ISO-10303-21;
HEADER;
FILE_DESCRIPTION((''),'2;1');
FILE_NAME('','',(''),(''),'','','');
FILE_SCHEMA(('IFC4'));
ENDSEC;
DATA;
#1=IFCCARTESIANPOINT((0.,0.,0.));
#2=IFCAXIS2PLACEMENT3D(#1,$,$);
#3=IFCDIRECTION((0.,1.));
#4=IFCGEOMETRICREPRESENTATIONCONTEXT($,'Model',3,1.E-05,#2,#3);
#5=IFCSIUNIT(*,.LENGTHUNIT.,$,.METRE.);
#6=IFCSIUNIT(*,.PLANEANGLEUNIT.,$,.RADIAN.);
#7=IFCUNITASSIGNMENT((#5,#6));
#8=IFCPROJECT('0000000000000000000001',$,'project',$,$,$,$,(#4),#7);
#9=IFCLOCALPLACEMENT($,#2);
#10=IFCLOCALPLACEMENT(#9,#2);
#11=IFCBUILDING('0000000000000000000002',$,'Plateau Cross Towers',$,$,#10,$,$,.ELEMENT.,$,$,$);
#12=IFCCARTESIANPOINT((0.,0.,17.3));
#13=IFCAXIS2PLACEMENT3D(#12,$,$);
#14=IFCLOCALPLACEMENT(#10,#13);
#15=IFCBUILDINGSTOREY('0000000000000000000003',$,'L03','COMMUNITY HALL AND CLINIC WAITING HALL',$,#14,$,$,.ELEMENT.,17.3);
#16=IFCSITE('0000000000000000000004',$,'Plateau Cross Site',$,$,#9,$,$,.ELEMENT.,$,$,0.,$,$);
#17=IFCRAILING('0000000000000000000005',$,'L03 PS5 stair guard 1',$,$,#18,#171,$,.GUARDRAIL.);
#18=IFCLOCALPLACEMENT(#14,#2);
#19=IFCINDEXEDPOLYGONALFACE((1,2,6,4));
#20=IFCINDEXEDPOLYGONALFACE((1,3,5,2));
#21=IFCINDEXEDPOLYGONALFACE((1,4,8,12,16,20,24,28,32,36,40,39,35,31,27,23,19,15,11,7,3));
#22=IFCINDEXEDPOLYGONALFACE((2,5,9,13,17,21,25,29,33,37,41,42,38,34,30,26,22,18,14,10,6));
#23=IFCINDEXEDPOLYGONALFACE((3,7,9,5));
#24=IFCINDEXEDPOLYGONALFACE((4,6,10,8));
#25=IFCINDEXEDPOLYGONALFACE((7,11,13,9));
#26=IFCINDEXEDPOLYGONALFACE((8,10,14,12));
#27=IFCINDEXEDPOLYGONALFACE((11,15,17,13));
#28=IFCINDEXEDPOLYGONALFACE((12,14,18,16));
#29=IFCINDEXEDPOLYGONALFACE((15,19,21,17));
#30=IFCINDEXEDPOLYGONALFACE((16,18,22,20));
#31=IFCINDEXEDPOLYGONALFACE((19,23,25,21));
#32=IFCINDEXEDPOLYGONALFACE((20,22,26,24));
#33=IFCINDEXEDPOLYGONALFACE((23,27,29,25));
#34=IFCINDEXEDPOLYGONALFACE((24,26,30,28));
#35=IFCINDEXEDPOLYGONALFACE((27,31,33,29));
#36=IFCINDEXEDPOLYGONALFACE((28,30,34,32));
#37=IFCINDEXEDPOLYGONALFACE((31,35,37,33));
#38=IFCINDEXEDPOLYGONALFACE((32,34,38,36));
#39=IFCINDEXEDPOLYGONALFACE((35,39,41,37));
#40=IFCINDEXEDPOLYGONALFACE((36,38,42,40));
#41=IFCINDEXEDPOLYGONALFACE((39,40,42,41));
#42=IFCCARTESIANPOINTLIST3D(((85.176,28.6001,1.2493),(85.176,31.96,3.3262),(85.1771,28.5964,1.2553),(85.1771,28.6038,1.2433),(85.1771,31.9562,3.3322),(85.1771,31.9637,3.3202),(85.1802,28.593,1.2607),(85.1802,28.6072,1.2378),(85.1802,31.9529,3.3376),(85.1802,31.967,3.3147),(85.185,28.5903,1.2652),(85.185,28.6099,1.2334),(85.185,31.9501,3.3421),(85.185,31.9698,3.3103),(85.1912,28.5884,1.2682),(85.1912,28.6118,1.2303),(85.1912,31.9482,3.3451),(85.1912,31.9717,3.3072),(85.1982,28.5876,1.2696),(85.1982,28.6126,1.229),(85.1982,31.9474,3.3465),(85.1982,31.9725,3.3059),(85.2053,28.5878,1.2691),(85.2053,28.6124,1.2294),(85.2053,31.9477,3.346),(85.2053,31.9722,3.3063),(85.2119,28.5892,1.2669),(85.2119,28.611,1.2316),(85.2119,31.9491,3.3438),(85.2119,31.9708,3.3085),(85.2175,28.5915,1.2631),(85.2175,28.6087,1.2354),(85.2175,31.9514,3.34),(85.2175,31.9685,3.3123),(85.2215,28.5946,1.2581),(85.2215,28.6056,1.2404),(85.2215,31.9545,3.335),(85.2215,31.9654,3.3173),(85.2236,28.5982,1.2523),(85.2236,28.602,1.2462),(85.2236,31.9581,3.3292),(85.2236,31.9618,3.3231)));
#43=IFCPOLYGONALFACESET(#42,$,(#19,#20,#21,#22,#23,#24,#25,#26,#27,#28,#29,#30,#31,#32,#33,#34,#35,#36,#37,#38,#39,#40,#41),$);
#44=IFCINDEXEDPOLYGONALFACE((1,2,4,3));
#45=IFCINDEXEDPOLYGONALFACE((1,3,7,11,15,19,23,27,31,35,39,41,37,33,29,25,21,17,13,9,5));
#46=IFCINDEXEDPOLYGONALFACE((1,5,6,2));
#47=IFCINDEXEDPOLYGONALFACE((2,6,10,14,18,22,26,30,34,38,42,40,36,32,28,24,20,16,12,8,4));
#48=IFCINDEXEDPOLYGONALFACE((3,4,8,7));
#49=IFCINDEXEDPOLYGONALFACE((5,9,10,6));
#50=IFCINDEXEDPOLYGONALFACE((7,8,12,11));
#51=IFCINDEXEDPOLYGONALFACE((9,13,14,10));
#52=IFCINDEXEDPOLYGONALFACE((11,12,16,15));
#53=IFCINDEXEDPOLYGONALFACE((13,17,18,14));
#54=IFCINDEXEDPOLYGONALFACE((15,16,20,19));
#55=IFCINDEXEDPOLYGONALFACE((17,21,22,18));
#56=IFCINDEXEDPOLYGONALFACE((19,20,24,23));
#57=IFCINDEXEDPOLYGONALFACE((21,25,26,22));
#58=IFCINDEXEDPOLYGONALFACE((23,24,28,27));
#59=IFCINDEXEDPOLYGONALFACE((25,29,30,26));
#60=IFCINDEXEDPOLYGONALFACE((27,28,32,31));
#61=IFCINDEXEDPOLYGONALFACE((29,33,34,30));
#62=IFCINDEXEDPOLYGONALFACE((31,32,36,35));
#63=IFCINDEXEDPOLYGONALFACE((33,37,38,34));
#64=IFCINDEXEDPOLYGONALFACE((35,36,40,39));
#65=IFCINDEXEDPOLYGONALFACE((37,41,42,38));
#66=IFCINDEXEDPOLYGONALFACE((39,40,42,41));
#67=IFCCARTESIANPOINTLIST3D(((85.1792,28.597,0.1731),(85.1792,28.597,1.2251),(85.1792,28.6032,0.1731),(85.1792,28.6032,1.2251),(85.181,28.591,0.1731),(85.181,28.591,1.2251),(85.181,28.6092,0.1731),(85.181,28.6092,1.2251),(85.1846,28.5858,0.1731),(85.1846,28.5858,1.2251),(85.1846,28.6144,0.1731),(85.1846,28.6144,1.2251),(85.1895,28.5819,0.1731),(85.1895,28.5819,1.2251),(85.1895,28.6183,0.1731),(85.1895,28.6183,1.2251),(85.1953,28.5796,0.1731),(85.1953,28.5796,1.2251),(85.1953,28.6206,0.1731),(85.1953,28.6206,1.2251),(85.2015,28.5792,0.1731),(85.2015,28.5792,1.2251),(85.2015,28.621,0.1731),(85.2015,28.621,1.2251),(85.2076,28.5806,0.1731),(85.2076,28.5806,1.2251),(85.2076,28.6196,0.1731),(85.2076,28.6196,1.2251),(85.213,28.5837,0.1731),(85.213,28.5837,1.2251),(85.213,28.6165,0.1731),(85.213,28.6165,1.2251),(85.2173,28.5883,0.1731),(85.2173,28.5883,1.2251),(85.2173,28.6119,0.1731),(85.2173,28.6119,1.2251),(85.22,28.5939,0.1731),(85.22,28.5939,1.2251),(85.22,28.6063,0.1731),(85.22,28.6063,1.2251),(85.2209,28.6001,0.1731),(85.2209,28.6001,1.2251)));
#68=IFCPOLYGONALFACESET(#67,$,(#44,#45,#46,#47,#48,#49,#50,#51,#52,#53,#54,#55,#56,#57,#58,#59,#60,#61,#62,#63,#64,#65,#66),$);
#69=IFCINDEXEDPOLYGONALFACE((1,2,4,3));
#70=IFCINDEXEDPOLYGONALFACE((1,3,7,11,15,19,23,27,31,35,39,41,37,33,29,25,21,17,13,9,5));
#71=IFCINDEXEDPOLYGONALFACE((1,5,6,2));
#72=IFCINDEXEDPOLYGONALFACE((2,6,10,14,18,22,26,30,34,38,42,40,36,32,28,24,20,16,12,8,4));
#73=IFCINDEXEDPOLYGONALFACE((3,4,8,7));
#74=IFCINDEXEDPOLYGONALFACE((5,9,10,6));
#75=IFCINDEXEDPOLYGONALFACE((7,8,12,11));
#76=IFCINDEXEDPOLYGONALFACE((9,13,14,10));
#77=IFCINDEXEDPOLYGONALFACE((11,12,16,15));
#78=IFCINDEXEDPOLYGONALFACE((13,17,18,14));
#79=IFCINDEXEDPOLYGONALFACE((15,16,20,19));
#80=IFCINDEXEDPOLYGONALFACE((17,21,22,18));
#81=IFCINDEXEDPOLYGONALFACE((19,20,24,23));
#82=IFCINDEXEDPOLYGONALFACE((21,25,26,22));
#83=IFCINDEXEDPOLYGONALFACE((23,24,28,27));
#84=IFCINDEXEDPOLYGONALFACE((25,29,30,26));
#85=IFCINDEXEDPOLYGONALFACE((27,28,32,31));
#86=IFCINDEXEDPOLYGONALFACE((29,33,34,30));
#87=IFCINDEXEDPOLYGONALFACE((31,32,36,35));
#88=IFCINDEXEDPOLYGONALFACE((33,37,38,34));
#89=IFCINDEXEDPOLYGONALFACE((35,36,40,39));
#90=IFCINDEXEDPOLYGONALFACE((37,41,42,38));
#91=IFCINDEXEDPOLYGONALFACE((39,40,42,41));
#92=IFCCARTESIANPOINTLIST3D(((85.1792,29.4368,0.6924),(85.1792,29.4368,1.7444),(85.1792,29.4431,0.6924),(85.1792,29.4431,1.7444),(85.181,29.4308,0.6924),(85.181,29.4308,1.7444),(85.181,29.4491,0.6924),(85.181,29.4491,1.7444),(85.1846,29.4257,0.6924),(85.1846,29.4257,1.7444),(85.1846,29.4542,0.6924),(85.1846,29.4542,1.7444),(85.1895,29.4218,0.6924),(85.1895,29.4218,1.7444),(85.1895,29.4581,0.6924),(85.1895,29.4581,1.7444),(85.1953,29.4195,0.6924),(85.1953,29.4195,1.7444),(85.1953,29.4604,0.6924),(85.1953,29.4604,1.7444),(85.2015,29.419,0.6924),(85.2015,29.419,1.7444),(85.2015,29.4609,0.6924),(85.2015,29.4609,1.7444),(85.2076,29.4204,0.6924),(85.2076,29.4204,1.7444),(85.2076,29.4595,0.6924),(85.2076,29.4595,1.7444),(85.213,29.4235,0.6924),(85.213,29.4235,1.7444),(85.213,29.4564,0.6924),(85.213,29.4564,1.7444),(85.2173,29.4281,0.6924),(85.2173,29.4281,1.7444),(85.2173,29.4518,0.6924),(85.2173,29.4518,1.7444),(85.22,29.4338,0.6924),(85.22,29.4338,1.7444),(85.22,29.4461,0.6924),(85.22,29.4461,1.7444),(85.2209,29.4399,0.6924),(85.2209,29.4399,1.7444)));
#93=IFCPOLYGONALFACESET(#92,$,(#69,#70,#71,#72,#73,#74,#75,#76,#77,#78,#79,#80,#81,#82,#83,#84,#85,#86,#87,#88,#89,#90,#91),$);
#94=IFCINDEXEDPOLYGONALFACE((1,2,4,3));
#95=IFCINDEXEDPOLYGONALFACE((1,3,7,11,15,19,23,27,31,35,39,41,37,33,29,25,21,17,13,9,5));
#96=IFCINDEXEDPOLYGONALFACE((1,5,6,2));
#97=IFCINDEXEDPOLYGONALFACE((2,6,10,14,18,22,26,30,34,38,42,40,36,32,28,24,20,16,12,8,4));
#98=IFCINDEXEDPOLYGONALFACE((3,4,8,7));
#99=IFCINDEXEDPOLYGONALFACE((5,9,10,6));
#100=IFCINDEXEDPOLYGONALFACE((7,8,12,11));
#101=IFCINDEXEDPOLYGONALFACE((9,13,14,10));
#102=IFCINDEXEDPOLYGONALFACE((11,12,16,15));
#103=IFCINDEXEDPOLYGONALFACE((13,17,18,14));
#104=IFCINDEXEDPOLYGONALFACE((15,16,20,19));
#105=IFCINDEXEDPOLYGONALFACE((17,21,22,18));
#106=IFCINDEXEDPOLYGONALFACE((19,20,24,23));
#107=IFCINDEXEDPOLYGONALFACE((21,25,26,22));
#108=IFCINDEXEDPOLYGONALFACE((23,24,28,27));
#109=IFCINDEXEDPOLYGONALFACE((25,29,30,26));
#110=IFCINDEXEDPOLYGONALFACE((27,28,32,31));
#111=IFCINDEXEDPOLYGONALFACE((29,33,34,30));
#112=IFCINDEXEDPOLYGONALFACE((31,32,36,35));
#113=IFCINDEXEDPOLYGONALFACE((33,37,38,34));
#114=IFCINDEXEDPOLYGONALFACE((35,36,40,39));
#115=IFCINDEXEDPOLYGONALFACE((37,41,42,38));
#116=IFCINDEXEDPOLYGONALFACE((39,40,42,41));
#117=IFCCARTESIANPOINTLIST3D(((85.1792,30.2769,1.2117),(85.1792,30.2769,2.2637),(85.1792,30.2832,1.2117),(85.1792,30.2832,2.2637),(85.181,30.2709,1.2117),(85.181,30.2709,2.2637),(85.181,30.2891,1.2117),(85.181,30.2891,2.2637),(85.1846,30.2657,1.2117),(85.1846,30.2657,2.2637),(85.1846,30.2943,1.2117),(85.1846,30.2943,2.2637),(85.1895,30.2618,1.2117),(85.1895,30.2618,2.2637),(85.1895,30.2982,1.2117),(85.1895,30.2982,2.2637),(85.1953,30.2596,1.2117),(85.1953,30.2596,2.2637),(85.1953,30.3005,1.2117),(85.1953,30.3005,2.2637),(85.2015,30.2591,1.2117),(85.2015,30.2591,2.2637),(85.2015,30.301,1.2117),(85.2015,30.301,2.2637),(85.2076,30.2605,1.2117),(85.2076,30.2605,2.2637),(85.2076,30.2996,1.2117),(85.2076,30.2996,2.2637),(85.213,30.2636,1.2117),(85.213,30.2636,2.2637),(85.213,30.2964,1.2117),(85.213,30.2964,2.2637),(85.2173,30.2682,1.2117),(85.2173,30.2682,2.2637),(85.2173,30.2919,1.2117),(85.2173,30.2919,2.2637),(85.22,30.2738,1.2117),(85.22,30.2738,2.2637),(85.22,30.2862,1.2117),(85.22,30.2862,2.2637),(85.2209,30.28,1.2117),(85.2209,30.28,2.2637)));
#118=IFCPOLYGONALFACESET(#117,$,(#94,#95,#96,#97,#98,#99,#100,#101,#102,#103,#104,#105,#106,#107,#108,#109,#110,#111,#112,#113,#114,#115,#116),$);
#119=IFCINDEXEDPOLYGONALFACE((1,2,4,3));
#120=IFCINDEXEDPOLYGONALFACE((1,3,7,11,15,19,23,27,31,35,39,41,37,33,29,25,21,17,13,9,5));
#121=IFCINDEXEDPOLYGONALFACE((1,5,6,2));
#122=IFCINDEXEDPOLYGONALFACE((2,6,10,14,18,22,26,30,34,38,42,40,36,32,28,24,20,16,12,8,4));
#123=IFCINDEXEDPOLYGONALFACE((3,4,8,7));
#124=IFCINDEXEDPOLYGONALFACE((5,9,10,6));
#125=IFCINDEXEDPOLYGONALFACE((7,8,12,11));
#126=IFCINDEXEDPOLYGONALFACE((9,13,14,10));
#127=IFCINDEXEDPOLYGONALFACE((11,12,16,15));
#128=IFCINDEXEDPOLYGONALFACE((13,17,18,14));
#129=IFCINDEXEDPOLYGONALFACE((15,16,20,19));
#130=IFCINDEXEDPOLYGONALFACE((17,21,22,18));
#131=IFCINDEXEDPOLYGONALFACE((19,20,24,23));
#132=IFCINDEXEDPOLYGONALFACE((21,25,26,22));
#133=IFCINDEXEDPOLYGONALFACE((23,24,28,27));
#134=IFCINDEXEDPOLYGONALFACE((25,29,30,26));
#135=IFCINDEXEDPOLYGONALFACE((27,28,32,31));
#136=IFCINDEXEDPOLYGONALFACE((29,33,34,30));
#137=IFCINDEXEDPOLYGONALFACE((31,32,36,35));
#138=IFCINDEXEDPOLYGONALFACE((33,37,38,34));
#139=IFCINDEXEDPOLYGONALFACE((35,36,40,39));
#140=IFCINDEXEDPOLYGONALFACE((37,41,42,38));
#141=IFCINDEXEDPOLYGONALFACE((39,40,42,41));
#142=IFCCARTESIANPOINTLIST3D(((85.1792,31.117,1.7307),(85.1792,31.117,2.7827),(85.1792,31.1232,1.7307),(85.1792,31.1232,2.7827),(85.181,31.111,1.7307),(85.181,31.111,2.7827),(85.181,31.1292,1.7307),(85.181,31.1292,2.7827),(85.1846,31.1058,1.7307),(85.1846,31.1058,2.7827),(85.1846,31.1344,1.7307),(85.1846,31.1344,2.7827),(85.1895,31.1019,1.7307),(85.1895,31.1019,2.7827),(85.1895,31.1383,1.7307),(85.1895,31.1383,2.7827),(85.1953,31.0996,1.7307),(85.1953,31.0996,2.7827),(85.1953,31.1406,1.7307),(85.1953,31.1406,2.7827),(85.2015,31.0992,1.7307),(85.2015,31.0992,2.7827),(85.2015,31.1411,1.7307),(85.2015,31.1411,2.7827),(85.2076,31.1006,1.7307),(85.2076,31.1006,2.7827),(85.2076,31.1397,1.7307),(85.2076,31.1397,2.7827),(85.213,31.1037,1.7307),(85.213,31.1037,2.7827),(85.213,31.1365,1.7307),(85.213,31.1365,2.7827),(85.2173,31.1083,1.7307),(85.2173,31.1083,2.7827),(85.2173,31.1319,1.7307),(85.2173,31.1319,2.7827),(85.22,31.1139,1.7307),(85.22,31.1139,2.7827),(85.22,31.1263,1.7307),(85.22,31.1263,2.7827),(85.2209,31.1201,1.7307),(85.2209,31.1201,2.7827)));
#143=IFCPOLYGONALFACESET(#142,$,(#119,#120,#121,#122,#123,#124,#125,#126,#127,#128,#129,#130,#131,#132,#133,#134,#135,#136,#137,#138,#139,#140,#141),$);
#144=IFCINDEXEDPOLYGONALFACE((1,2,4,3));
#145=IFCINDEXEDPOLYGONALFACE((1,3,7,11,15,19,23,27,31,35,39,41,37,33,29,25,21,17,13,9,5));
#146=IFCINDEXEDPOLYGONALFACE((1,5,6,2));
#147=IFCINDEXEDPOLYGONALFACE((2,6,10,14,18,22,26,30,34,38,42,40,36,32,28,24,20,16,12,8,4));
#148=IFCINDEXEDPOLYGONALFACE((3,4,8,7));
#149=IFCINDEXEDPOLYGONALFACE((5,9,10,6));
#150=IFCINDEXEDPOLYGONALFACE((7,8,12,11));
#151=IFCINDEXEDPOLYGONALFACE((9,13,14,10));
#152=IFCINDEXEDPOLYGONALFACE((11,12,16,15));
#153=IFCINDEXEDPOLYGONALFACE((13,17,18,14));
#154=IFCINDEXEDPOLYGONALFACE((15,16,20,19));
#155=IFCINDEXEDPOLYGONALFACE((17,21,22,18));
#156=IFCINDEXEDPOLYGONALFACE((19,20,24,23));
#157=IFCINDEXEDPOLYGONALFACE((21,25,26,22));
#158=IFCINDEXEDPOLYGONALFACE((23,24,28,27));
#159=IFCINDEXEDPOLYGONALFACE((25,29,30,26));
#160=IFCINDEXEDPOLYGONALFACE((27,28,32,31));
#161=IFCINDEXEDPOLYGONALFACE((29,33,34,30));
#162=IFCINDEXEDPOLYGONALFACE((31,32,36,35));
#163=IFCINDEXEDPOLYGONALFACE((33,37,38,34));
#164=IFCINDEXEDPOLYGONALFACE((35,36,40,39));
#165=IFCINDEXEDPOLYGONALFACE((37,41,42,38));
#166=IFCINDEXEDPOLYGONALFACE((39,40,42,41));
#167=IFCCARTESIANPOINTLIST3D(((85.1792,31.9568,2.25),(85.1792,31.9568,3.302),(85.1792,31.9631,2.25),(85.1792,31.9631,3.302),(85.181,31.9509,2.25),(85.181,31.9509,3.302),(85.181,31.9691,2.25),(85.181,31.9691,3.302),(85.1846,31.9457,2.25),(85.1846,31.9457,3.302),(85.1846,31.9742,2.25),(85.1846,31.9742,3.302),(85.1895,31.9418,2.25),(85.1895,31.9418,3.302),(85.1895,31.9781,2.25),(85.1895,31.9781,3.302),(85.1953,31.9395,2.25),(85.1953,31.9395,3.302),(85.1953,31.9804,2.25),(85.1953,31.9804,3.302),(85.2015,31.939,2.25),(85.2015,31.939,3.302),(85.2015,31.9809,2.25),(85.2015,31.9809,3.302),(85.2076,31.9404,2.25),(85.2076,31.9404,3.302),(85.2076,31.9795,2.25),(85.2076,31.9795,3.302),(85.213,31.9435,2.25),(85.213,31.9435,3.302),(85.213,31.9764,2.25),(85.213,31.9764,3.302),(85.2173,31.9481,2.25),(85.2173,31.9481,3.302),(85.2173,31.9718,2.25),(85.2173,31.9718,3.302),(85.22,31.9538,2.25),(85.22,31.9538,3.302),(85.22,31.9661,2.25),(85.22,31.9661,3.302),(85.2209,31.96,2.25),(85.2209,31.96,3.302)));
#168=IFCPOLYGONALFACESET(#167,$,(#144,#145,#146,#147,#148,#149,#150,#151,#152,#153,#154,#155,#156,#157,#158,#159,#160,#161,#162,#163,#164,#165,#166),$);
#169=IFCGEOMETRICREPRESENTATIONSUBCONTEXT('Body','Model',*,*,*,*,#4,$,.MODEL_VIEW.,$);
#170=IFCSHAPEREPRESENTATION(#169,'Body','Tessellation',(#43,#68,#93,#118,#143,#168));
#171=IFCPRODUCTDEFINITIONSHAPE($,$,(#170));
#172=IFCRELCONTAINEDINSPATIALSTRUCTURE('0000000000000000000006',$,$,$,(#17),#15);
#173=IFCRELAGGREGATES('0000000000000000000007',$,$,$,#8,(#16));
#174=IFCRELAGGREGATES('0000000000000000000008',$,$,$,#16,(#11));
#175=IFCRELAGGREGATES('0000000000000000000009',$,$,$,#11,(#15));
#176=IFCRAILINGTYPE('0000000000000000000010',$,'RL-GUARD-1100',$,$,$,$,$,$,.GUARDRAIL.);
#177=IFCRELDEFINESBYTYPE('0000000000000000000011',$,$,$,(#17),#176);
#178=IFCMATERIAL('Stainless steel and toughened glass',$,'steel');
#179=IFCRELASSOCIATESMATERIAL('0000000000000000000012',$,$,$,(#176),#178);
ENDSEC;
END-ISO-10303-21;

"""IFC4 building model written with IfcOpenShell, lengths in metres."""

from ifc_helpers import new_model, si_unit, direction, frame, origin, origin_2d, place, context, subcontext, project, spatial, circle, extrude, material, type_object, element, save


model = new_model("IFC4")

# Units and contexts
model_context = context("Model", 3, precision=1e-05, world=origin(), true_north=direction((0.0, 1.0)))
body_context = subcontext(model_context, "Body", "Model", "MODEL_VIEW")
ifc_project = project(units=[si_unit("LENGTHUNIT", "METRE"), si_unit("PLANEANGLEUNIT", "RADIAN")], contexts=[model_context])

# Site, building, storey
site_placement = place(None, origin())
site = spatial("IfcSite", under=ifc_project, at=site_placement, Name="Plateau Cross Site", CompositionType="ELEMENT", RefElevation=0.0)
building_placement = place(site_placement, origin())
building = spatial("IfcBuilding", under=site, at=building_placement, Name="Plateau Cross Towers", CompositionType="ELEMENT")
storey_placement = place(building_placement, frame((0.0, 0.0, 17.3)))
storey = spatial("IfcBuildingStorey", under=building, at=storey_placement, Name="L03", Description="COMMUNITY HALL AND CLINIC WAITING HALL", CompositionType="ELEMENT", Elevation=17.3)

# Railing
ifc_material_1 = material(Name="Stainless steel and toughened glass", Category="steel")
railing_type_1 = type_object("IfcRailingType", Name="RL-GUARD-1100", PredefinedType="GUARDRAIL", material=ifc_material_1)
railing_1_placement = place(storey_placement, frame((85.2, 28.6001, 0.1731)))
element("IfcRailing", 1, at=railing_1_placement, inside=storey, type_object=railing_type_1, Name="L03 PS5 stair guard 1", PredefinedType="GUARDRAIL", context=body_context, shape_type="SweptSolid", body=[
    extrude(circle(Radius=0.0239, at=origin_2d()), frame((0.0, 0.0, 1.0762), z_axis=(0.0, 0.850606, 0.525803), x_axis=(-1.0, 0.0, 0.0)), (0.0, 0.0, 1.0), 3.95),
    extrude(circle(Radius=0.021, at=origin_2d()), origin(), (0.0, 0.0, 1.0), 1.052),
    extrude(circle(Radius=0.021, at=origin_2d()), frame((0.0, 0.8398, 0.5193)), (0.0, 0.0, 1.0), 1.052),
    extrude(circle(Radius=0.021, at=origin_2d()), frame((0.0, 1.6799, 1.0386)), (0.0, 0.0, 1.0), 1.052),
    extrude(circle(Radius=0.021, at=origin_2d()), frame((0.0, 2.52, 1.5576)), (0.0, 0.0, 1.0), 1.052),
    extrude(circle(Radius=0.021, at=origin_2d()), frame((0.0, 3.3599, 2.0769)), (0.0, 0.0, 1.0), 1.052),
])

save(model, "model.ifc")
